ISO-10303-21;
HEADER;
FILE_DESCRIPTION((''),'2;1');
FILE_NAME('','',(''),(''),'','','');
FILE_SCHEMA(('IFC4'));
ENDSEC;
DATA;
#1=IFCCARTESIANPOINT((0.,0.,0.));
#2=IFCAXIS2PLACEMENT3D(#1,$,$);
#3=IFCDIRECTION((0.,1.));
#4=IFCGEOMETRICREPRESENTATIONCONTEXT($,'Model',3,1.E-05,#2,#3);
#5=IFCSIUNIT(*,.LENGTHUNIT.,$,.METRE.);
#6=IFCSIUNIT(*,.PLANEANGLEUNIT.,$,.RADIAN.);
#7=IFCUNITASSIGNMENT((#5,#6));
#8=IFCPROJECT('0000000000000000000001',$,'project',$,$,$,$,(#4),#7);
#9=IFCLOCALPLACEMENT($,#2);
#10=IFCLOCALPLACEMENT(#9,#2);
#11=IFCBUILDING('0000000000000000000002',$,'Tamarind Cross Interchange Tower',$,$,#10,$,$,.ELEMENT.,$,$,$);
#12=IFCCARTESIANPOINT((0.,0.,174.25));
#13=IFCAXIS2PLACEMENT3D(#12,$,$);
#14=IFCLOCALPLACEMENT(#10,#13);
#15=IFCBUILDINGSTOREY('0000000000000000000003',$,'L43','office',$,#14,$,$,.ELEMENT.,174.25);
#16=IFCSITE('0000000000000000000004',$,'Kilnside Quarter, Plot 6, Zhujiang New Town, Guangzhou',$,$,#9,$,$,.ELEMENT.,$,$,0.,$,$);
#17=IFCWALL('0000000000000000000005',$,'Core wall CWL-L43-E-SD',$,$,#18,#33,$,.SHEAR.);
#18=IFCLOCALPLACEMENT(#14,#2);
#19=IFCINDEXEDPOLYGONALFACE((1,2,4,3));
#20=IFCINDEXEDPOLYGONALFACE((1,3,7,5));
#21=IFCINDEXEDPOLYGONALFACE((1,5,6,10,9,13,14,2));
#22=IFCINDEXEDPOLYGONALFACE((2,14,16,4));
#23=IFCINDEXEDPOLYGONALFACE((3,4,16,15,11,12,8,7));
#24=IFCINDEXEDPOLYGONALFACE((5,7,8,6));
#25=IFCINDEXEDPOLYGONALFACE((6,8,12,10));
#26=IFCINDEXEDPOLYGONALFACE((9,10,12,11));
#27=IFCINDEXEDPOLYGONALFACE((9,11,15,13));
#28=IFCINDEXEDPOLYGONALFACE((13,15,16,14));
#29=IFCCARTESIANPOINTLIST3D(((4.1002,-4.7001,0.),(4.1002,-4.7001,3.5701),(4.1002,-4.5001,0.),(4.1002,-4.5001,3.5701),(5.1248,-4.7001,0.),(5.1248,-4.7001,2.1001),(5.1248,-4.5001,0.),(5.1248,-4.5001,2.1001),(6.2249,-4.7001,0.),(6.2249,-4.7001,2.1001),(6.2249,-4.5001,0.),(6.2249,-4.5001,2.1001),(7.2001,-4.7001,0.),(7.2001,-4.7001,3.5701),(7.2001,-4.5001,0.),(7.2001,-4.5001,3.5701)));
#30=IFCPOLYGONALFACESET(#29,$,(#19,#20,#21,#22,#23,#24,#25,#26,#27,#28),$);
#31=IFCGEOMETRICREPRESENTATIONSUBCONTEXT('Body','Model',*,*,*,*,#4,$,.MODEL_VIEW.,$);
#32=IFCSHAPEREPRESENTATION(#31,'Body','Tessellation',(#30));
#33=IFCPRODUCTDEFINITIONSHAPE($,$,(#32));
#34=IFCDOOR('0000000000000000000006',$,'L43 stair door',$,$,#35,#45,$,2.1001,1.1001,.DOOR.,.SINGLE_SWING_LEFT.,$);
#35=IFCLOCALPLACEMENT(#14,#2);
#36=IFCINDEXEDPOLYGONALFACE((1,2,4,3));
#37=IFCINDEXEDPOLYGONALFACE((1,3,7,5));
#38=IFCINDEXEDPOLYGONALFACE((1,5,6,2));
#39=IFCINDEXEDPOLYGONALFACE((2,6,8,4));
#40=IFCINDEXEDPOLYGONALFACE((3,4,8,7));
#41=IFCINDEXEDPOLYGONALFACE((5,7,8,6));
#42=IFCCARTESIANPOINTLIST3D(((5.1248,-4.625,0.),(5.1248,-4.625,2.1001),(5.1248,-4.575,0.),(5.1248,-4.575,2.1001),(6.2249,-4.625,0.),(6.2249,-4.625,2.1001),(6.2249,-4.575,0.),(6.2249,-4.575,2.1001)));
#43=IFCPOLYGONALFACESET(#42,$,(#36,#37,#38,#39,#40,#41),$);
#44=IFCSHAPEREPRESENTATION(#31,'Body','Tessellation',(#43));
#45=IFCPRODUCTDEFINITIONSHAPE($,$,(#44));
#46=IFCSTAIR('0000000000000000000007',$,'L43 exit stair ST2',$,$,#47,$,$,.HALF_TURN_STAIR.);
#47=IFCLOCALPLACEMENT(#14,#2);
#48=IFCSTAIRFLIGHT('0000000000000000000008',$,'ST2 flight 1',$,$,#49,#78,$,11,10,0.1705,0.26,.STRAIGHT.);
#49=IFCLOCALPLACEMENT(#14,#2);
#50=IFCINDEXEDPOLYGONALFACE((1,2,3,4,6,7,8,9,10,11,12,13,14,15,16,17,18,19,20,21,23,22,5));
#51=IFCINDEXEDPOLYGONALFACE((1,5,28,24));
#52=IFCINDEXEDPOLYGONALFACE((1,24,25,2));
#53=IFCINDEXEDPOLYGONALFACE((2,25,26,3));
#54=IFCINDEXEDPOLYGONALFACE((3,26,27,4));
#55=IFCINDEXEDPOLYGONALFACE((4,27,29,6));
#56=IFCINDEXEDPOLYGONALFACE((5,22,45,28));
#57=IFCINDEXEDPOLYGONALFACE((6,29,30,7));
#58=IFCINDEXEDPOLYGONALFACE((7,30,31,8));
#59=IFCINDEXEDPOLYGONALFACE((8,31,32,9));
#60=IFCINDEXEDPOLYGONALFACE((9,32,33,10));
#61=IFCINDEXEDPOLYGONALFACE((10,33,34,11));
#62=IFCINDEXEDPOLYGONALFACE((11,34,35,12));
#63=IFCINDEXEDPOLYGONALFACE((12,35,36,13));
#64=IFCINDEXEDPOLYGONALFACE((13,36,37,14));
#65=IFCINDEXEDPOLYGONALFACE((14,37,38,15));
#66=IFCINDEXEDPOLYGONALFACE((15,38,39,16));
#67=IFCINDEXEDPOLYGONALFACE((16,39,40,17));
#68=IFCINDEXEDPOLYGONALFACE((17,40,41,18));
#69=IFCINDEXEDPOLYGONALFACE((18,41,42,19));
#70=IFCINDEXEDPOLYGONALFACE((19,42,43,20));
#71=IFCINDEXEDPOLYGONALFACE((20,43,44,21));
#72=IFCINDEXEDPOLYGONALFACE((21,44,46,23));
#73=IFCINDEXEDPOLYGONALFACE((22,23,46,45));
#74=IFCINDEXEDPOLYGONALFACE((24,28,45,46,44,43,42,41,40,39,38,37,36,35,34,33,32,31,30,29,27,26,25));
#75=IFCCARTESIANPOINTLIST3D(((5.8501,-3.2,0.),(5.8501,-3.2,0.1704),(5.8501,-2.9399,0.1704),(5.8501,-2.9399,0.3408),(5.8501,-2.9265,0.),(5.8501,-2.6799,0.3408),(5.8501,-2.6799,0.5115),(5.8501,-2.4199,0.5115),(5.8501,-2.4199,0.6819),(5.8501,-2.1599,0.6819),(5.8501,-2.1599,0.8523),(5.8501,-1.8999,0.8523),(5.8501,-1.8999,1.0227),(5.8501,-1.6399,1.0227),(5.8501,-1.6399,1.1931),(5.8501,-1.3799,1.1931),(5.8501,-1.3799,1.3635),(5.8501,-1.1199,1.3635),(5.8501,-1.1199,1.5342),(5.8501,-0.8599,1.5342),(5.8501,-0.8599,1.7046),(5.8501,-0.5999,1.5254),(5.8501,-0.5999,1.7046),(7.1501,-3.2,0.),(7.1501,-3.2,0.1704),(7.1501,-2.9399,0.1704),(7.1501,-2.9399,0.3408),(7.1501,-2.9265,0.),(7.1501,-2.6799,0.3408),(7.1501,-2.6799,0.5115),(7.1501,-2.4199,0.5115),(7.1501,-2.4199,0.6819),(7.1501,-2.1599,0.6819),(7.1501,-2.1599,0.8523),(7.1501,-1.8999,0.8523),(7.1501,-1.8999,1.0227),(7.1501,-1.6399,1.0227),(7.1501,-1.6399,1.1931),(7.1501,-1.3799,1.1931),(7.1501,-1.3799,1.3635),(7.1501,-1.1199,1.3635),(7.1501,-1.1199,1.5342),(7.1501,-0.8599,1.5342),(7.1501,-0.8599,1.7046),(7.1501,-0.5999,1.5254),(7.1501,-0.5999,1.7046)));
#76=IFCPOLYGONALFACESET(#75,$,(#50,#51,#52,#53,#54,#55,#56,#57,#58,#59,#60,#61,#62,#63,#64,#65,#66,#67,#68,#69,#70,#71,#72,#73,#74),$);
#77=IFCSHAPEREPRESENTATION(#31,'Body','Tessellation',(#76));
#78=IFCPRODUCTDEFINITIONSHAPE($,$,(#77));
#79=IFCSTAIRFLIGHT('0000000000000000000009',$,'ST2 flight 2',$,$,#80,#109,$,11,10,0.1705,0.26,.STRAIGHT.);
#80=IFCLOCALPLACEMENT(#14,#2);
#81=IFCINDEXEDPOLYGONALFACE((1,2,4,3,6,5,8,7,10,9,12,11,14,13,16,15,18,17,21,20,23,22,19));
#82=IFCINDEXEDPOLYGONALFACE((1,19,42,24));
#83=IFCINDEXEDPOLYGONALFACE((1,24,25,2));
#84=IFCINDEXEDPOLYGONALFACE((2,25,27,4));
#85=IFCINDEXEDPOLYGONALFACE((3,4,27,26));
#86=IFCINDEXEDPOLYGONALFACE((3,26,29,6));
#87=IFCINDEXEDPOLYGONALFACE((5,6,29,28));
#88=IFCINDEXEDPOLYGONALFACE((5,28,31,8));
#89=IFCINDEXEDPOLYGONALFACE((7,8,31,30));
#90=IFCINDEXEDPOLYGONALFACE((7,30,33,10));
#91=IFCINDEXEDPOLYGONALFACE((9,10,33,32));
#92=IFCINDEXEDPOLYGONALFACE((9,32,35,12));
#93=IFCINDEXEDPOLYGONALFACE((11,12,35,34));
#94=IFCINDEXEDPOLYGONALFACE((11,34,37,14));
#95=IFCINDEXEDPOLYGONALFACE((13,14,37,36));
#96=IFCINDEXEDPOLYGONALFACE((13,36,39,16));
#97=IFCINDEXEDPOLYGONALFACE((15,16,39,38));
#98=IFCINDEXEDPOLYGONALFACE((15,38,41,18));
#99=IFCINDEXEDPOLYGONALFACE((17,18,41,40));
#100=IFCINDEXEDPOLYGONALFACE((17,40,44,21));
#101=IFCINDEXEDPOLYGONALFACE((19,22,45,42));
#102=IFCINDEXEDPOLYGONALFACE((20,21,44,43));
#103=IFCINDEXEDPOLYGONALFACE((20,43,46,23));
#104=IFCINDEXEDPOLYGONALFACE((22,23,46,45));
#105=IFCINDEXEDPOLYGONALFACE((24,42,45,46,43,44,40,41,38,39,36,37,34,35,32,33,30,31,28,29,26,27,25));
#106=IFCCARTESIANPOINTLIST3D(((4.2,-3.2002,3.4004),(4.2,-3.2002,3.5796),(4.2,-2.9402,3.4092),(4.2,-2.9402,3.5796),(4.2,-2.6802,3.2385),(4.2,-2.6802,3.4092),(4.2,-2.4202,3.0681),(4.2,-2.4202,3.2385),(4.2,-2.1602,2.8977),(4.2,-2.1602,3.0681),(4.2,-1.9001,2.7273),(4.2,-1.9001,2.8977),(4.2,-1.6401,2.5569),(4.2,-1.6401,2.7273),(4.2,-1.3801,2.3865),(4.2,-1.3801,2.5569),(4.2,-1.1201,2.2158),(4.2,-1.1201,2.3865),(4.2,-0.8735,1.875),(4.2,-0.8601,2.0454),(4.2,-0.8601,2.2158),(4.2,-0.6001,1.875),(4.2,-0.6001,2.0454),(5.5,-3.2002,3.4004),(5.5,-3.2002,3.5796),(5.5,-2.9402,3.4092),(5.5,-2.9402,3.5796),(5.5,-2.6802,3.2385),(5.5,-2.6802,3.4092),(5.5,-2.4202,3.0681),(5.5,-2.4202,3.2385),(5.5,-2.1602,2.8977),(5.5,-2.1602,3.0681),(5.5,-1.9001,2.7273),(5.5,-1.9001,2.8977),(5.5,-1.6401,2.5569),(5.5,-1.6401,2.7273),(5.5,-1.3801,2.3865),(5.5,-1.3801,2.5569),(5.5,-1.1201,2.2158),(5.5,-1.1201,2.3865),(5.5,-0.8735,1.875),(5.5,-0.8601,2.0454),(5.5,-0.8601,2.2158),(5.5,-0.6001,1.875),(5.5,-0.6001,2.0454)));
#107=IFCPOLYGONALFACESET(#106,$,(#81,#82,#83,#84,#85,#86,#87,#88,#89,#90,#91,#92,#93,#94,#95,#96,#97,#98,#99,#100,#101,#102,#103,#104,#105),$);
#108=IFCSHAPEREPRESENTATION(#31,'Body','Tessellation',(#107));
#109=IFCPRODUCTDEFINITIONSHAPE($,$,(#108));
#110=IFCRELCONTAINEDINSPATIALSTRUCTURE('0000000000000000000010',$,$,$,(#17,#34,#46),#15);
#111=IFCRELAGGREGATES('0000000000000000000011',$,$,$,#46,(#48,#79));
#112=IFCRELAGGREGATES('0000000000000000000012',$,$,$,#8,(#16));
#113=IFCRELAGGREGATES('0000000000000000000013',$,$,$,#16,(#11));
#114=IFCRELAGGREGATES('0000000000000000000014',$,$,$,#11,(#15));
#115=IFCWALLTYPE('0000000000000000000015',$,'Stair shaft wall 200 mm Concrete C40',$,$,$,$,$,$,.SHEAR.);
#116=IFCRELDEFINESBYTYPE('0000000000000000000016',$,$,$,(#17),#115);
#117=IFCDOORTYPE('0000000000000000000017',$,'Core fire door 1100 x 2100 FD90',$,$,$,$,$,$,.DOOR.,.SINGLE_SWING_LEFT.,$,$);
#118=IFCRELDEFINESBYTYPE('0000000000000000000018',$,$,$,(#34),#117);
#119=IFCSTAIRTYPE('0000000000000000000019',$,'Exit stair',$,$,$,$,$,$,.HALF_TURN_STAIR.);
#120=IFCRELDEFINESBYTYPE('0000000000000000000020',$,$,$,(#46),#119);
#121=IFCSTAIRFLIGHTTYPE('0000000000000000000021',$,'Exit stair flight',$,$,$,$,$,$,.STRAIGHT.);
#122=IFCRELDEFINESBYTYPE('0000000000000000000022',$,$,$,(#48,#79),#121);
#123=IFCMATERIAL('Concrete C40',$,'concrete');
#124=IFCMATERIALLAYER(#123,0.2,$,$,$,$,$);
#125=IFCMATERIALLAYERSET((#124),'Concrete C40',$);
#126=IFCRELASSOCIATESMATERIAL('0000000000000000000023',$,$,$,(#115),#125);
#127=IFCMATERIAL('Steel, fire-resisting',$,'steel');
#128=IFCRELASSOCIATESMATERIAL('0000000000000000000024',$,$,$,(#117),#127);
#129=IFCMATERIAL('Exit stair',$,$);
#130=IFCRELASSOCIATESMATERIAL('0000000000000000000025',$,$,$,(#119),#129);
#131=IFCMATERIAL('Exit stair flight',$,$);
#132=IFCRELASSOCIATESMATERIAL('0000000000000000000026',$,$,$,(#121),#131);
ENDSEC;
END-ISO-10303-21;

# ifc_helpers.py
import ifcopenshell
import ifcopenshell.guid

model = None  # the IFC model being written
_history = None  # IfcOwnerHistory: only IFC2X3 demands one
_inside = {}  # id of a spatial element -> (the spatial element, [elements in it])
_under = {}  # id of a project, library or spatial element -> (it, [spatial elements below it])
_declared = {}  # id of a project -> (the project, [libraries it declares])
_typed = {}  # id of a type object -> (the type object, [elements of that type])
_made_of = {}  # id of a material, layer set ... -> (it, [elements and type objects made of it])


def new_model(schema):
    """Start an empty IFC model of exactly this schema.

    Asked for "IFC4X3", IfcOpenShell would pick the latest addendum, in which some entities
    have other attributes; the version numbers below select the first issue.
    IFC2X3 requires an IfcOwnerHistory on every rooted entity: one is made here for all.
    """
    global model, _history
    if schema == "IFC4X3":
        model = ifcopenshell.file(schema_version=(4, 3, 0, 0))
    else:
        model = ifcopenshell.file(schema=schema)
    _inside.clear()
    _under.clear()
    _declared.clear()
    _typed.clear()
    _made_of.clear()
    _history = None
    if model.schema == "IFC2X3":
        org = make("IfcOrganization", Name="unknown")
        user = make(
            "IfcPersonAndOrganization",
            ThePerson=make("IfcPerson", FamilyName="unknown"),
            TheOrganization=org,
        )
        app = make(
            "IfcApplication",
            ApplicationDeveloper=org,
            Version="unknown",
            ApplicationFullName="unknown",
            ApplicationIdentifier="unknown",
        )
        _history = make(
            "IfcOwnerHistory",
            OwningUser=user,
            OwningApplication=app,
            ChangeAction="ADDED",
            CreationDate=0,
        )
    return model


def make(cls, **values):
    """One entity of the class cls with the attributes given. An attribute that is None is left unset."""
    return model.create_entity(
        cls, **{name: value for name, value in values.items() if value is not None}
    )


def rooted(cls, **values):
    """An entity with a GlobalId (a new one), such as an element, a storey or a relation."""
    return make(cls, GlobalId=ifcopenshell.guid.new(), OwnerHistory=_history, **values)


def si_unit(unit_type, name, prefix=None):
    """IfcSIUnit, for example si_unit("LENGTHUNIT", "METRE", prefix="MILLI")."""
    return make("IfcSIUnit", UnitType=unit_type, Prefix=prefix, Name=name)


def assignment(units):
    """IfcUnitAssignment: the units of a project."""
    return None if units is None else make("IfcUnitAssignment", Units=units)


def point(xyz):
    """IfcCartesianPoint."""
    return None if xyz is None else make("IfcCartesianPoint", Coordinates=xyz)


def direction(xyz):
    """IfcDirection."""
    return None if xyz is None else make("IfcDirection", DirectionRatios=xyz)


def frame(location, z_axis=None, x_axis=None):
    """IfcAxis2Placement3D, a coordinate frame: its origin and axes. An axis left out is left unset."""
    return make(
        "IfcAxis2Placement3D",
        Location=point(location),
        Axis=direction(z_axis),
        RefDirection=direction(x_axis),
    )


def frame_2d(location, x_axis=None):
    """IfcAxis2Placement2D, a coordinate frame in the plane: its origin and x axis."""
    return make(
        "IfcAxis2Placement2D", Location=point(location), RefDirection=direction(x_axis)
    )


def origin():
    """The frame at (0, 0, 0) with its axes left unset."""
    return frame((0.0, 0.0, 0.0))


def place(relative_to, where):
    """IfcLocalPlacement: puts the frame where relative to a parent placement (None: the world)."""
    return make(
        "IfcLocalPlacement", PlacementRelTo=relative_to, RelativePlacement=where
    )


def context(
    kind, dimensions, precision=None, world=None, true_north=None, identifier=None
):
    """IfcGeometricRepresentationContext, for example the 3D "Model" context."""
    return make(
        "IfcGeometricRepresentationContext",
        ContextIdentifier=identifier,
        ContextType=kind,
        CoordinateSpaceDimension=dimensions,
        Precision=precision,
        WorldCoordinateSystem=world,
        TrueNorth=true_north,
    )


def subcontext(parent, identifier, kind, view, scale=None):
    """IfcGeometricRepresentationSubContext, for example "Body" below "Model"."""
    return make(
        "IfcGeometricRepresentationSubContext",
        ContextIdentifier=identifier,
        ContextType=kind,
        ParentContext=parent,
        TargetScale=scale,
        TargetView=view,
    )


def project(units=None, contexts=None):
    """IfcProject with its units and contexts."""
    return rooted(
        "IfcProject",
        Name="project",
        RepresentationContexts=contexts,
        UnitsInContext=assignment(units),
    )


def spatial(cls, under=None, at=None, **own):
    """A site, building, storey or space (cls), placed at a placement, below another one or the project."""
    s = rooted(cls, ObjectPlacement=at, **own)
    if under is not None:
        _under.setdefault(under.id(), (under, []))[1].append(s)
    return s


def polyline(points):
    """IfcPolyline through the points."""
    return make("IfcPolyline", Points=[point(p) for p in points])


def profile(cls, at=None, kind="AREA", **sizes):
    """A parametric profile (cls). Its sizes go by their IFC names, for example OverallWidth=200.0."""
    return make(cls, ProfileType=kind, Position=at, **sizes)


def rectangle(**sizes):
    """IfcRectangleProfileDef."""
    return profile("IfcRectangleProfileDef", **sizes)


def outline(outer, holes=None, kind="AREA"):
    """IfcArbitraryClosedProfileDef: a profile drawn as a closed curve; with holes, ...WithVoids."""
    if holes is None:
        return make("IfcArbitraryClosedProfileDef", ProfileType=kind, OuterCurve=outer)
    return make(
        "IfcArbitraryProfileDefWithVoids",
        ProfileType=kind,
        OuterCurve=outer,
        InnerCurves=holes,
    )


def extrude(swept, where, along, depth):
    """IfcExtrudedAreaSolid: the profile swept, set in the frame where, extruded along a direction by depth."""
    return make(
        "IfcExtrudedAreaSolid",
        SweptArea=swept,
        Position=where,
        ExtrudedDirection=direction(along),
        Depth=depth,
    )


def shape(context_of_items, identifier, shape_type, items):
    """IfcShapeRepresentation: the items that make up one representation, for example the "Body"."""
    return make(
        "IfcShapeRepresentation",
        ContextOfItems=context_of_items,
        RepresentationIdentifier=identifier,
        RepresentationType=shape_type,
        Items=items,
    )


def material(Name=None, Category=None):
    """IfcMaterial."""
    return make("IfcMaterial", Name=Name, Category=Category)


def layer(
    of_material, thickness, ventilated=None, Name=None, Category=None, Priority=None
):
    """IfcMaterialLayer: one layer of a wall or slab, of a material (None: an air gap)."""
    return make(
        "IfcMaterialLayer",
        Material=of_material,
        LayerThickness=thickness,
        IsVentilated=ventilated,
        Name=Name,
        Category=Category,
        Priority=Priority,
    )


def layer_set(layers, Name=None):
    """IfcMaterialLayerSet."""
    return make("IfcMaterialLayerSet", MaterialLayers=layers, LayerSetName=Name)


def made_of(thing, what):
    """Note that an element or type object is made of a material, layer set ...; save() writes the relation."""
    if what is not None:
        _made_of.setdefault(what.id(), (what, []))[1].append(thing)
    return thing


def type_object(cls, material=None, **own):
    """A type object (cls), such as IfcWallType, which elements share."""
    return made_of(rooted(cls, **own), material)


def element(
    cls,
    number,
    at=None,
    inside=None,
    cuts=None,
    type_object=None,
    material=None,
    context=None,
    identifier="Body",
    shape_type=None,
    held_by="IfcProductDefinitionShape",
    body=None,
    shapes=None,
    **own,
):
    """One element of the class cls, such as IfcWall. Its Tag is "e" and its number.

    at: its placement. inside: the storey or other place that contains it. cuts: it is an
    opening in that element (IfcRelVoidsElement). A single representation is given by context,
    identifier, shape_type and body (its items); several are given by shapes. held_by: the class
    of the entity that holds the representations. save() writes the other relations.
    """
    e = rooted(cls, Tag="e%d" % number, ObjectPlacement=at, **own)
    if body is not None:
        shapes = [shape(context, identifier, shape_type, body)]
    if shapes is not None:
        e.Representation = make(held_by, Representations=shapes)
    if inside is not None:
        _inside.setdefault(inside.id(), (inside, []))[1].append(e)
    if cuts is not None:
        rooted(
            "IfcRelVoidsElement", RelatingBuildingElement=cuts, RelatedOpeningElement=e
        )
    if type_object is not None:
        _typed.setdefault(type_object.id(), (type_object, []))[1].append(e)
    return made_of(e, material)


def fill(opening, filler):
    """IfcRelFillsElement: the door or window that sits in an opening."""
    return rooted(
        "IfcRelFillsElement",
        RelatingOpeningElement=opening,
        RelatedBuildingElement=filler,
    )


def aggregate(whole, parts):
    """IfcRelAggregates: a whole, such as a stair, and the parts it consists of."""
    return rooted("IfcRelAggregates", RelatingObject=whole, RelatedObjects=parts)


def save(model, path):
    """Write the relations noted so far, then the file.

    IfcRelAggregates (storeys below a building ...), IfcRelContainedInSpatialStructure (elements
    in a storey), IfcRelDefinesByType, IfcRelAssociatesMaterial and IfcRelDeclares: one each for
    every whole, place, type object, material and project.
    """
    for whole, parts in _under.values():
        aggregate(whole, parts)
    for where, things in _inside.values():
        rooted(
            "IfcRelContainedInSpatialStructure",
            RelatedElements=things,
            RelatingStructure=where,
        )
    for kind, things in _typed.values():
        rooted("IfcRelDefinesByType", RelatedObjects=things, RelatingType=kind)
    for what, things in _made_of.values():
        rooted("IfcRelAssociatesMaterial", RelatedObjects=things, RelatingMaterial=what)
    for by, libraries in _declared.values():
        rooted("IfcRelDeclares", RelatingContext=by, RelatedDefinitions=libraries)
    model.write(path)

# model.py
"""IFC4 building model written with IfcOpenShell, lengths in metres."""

from ifc_helpers import new_model, si_unit, direction, frame, frame_2d, origin, place, context, subcontext, project, spatial, polyline, rectangle, outline, extrude, material, layer, layer_set, type_object, element, fill, aggregate, save


model = new_model("IFC4")

# Units and contexts
model_context = context("Model", 3, precision=1e-05, world=origin(), true_north=direction((0.0, 1.0)))
body_context = subcontext(model_context, "Body", "Model", "MODEL_VIEW")
ifc_project = project(units=[si_unit("LENGTHUNIT", "METRE"), si_unit("PLANEANGLEUNIT", "RADIAN")], contexts=[model_context])

# Site, building, storey
site_placement = place(None, origin())
site = spatial("IfcSite", under=ifc_project, at=site_placement, Name="Kilnside Quarter, Plot 6, Zhujiang New Town, Guangzhou", CompositionType="ELEMENT", RefElevation=0.0)
building_placement = place(site_placement, origin())
building = spatial("IfcBuilding", under=site, at=building_placement, Name="Tamarind Cross Interchange Tower", CompositionType="ELEMENT")
storey_placement = place(building_placement, frame((0.0, 0.0, 174.25)))
storey = spatial("IfcBuildingStorey", under=building, at=storey_placement, Name="L43", Description="office", CompositionType="ELEMENT", Elevation=174.25)

# Shared definitions
ifc_material_1 = material(Name="Steel, fire-resisting", Category="steel")

# Wall, opening, door
ifc_material_2 = material(Name="Concrete C40", Category="concrete")
ifc_layer_1 = layer(ifc_material_2, 0.2)
ifc_layer_set_1 = layer_set([ifc_layer_1], Name="Concrete C40")
wall_type_1 = type_object("IfcWallType", Name="Stair shaft wall 200 mm Concrete C40", PredefinedType="SHEAR", material=ifc_layer_set_1)
wall_1_placement = place(storey_placement, frame((7.2, -4.6001, 0.0), z_axis=(0.0, 0.0, 1.0), x_axis=(-1.0, 0.0, 0.0)))
wall_1 = element("IfcWall", 1, at=wall_1_placement, inside=storey, type_object=wall_type_1, Name="Core wall CWL-L43-E-SD", PredefinedType="SHEAR", context=body_context, shape_type="SweptSolid", body=[
    extrude(rectangle(XDim=3.0999, YDim=0.2, at=frame_2d((1.5498, 0.0))), origin(), (0.0, 0.0, 1.0), 3.5701),
])
opening_1_placement = place(wall_1_placement, frame((0.9751, 0.0, 0.0)))
opening_1 = element("IfcOpeningElement", 2, at=opening_1_placement, cuts=wall_1, PredefinedType="OPENING", context=body_context, shape_type="SweptSolid", body=[
    extrude(rectangle(XDim=1.1001, YDim=2.1001, at=frame_2d((0.55, 1.05))), frame((0.0, 0.1099, 0.0), z_axis=(0.0, -1.0, 0.0), x_axis=(1.0, 0.0, 0.0)), (0.0, 0.0, 1.0), 0.22),
])
door_type_1 = type_object("IfcDoorType", Name="Core fire door 1100 x 2100 FD90", OperationType="SINGLE_SWING_LEFT", PredefinedType="DOOR", material=ifc_material_1)
door_1_placement = place(opening_1_placement, origin())
door_1 = element("IfcDoor", 3, at=door_1_placement, inside=storey, type_object=door_type_1, Name="L43 stair door", OperationType="SINGLE_SWING_LEFT", OverallHeight=2.1001, OverallWidth=1.1001, PredefinedType="DOOR", context=body_context, shape_type="SweptSolid", body=[
    extrude(rectangle(XDim=1.1001, YDim=2.1001, at=frame_2d((0.55, 1.05))), frame((0.0, 0.0249, 0.0), z_axis=(0.0, -1.0, 0.0), x_axis=(1.0, 0.0, 0.0)), (0.0, 0.0, 1.0), 0.05),
])
fill(opening_1, door_1)

# Stair, stair flights
ifc_material_3 = material(Name="Exit stair")
stair_type = type_object("IfcStairType", Name="Exit stair", PredefinedType="HALF_TURN_STAIR", material=ifc_material_3)
stair_placement = place(storey_placement, origin())
stair = element("IfcStair", 4, at=stair_placement, inside=storey, type_object=stair_type, Name="L43 exit stair ST2", PredefinedType="HALF_TURN_STAIR")
ifc_material_4 = material(Name="Exit stair flight")
stair_flight_type = type_object("IfcStairFlightType", Name="Exit stair flight", PredefinedType="STRAIGHT", material=ifc_material_4)
stair_flight_1_placement = place(storey_placement, frame((6.5, -3.2, 0.0), z_axis=(0.0, 0.0, 1.0), x_axis=(0.0, 1.0, 0.0)))
stair_flight_1 = element("IfcStairFlight", 5, at=stair_flight_1_placement, type_object=stair_flight_type, Name="ST2 flight 1", NumberOfRisers=11, NumberOfTreads=10, PredefinedType="STRAIGHT", RiserHeight=0.1705, TreadLength=0.26, context=body_context, shape_type="SweptSolid", body=[
    extrude(outline(polyline([(0.0, 0.0), (0.0, 0.1704), (0.26, 0.1704), (0.26, 0.3408), (0.52, 0.3408), (0.52, 0.5115), (0.78, 0.5115), (0.78, 0.6819), (1.04, 0.6819), (1.04, 0.8523), (1.3, 0.8523), (1.3, 1.0227), (1.5601, 1.0227), (1.5601, 1.1931), (1.8201, 1.1931), (1.8201, 1.3635), (2.0801, 1.3635), (2.0801, 1.5342), (2.3401, 1.5342), (2.3401, 1.7046), (2.6001, 1.7046), (2.6001, 1.875), (2.6001, 1.5254), (0.2734, 0.0), (0.0, 0.0)])), frame((0.0, 0.6499, 0.0), z_axis=(0.0, -1.0, 0.0), x_axis=(1.0, 0.0, 0.0)), (0.0, 0.0, 1.0), 1.3),
])
stair_flight_2_placement = place(storey_placement, frame((4.8501, -0.6001, 1.875), z_axis=(0.0, 0.0, 1.0), x_axis=(0.0, -1.0, 0.0)))
stair_flight_2 = element("IfcStairFlight", 6, at=stair_flight_2_placement, type_object=stair_flight_type, Name="ST2 flight 2", NumberOfRisers=11, NumberOfTreads=10, PredefinedType="STRAIGHT", RiserHeight=0.1705, TreadLength=0.26, context=body_context, shape_type="SweptSolid", body=[
    extrude(outline(polyline([(0.0, 0.0), (0.0, 0.1704), (0.26, 0.1704), (0.26, 0.3408), (0.52, 0.3408), (0.52, 0.5115), (0.78, 0.5115), (0.78, 0.6819), (1.04, 0.6819), (1.04, 0.8523), (1.3, 0.8523), (1.3, 1.0227), (1.5601, 1.0227), (1.5601, 1.1931), (1.8201, 1.1931), (1.8201, 1.3635), (2.0801, 1.3635), (2.0801, 1.5342), (2.3401, 1.5342), (2.3401, 1.7046), (2.6001, 1.7046), (2.6001, 1.875), (2.6001, 1.5254), (0.2734, 0.0), (0.0, 0.0)])), frame((0.0, 0.6499, 0.0), z_axis=(0.0, -1.0, 0.0), x_axis=(1.0, 0.0, 0.0)), (0.0, 0.0, 1.0), 1.3),
])
aggregate(stair, [stair_flight_1, stair_flight_2])

save(model, "model.ifc")
